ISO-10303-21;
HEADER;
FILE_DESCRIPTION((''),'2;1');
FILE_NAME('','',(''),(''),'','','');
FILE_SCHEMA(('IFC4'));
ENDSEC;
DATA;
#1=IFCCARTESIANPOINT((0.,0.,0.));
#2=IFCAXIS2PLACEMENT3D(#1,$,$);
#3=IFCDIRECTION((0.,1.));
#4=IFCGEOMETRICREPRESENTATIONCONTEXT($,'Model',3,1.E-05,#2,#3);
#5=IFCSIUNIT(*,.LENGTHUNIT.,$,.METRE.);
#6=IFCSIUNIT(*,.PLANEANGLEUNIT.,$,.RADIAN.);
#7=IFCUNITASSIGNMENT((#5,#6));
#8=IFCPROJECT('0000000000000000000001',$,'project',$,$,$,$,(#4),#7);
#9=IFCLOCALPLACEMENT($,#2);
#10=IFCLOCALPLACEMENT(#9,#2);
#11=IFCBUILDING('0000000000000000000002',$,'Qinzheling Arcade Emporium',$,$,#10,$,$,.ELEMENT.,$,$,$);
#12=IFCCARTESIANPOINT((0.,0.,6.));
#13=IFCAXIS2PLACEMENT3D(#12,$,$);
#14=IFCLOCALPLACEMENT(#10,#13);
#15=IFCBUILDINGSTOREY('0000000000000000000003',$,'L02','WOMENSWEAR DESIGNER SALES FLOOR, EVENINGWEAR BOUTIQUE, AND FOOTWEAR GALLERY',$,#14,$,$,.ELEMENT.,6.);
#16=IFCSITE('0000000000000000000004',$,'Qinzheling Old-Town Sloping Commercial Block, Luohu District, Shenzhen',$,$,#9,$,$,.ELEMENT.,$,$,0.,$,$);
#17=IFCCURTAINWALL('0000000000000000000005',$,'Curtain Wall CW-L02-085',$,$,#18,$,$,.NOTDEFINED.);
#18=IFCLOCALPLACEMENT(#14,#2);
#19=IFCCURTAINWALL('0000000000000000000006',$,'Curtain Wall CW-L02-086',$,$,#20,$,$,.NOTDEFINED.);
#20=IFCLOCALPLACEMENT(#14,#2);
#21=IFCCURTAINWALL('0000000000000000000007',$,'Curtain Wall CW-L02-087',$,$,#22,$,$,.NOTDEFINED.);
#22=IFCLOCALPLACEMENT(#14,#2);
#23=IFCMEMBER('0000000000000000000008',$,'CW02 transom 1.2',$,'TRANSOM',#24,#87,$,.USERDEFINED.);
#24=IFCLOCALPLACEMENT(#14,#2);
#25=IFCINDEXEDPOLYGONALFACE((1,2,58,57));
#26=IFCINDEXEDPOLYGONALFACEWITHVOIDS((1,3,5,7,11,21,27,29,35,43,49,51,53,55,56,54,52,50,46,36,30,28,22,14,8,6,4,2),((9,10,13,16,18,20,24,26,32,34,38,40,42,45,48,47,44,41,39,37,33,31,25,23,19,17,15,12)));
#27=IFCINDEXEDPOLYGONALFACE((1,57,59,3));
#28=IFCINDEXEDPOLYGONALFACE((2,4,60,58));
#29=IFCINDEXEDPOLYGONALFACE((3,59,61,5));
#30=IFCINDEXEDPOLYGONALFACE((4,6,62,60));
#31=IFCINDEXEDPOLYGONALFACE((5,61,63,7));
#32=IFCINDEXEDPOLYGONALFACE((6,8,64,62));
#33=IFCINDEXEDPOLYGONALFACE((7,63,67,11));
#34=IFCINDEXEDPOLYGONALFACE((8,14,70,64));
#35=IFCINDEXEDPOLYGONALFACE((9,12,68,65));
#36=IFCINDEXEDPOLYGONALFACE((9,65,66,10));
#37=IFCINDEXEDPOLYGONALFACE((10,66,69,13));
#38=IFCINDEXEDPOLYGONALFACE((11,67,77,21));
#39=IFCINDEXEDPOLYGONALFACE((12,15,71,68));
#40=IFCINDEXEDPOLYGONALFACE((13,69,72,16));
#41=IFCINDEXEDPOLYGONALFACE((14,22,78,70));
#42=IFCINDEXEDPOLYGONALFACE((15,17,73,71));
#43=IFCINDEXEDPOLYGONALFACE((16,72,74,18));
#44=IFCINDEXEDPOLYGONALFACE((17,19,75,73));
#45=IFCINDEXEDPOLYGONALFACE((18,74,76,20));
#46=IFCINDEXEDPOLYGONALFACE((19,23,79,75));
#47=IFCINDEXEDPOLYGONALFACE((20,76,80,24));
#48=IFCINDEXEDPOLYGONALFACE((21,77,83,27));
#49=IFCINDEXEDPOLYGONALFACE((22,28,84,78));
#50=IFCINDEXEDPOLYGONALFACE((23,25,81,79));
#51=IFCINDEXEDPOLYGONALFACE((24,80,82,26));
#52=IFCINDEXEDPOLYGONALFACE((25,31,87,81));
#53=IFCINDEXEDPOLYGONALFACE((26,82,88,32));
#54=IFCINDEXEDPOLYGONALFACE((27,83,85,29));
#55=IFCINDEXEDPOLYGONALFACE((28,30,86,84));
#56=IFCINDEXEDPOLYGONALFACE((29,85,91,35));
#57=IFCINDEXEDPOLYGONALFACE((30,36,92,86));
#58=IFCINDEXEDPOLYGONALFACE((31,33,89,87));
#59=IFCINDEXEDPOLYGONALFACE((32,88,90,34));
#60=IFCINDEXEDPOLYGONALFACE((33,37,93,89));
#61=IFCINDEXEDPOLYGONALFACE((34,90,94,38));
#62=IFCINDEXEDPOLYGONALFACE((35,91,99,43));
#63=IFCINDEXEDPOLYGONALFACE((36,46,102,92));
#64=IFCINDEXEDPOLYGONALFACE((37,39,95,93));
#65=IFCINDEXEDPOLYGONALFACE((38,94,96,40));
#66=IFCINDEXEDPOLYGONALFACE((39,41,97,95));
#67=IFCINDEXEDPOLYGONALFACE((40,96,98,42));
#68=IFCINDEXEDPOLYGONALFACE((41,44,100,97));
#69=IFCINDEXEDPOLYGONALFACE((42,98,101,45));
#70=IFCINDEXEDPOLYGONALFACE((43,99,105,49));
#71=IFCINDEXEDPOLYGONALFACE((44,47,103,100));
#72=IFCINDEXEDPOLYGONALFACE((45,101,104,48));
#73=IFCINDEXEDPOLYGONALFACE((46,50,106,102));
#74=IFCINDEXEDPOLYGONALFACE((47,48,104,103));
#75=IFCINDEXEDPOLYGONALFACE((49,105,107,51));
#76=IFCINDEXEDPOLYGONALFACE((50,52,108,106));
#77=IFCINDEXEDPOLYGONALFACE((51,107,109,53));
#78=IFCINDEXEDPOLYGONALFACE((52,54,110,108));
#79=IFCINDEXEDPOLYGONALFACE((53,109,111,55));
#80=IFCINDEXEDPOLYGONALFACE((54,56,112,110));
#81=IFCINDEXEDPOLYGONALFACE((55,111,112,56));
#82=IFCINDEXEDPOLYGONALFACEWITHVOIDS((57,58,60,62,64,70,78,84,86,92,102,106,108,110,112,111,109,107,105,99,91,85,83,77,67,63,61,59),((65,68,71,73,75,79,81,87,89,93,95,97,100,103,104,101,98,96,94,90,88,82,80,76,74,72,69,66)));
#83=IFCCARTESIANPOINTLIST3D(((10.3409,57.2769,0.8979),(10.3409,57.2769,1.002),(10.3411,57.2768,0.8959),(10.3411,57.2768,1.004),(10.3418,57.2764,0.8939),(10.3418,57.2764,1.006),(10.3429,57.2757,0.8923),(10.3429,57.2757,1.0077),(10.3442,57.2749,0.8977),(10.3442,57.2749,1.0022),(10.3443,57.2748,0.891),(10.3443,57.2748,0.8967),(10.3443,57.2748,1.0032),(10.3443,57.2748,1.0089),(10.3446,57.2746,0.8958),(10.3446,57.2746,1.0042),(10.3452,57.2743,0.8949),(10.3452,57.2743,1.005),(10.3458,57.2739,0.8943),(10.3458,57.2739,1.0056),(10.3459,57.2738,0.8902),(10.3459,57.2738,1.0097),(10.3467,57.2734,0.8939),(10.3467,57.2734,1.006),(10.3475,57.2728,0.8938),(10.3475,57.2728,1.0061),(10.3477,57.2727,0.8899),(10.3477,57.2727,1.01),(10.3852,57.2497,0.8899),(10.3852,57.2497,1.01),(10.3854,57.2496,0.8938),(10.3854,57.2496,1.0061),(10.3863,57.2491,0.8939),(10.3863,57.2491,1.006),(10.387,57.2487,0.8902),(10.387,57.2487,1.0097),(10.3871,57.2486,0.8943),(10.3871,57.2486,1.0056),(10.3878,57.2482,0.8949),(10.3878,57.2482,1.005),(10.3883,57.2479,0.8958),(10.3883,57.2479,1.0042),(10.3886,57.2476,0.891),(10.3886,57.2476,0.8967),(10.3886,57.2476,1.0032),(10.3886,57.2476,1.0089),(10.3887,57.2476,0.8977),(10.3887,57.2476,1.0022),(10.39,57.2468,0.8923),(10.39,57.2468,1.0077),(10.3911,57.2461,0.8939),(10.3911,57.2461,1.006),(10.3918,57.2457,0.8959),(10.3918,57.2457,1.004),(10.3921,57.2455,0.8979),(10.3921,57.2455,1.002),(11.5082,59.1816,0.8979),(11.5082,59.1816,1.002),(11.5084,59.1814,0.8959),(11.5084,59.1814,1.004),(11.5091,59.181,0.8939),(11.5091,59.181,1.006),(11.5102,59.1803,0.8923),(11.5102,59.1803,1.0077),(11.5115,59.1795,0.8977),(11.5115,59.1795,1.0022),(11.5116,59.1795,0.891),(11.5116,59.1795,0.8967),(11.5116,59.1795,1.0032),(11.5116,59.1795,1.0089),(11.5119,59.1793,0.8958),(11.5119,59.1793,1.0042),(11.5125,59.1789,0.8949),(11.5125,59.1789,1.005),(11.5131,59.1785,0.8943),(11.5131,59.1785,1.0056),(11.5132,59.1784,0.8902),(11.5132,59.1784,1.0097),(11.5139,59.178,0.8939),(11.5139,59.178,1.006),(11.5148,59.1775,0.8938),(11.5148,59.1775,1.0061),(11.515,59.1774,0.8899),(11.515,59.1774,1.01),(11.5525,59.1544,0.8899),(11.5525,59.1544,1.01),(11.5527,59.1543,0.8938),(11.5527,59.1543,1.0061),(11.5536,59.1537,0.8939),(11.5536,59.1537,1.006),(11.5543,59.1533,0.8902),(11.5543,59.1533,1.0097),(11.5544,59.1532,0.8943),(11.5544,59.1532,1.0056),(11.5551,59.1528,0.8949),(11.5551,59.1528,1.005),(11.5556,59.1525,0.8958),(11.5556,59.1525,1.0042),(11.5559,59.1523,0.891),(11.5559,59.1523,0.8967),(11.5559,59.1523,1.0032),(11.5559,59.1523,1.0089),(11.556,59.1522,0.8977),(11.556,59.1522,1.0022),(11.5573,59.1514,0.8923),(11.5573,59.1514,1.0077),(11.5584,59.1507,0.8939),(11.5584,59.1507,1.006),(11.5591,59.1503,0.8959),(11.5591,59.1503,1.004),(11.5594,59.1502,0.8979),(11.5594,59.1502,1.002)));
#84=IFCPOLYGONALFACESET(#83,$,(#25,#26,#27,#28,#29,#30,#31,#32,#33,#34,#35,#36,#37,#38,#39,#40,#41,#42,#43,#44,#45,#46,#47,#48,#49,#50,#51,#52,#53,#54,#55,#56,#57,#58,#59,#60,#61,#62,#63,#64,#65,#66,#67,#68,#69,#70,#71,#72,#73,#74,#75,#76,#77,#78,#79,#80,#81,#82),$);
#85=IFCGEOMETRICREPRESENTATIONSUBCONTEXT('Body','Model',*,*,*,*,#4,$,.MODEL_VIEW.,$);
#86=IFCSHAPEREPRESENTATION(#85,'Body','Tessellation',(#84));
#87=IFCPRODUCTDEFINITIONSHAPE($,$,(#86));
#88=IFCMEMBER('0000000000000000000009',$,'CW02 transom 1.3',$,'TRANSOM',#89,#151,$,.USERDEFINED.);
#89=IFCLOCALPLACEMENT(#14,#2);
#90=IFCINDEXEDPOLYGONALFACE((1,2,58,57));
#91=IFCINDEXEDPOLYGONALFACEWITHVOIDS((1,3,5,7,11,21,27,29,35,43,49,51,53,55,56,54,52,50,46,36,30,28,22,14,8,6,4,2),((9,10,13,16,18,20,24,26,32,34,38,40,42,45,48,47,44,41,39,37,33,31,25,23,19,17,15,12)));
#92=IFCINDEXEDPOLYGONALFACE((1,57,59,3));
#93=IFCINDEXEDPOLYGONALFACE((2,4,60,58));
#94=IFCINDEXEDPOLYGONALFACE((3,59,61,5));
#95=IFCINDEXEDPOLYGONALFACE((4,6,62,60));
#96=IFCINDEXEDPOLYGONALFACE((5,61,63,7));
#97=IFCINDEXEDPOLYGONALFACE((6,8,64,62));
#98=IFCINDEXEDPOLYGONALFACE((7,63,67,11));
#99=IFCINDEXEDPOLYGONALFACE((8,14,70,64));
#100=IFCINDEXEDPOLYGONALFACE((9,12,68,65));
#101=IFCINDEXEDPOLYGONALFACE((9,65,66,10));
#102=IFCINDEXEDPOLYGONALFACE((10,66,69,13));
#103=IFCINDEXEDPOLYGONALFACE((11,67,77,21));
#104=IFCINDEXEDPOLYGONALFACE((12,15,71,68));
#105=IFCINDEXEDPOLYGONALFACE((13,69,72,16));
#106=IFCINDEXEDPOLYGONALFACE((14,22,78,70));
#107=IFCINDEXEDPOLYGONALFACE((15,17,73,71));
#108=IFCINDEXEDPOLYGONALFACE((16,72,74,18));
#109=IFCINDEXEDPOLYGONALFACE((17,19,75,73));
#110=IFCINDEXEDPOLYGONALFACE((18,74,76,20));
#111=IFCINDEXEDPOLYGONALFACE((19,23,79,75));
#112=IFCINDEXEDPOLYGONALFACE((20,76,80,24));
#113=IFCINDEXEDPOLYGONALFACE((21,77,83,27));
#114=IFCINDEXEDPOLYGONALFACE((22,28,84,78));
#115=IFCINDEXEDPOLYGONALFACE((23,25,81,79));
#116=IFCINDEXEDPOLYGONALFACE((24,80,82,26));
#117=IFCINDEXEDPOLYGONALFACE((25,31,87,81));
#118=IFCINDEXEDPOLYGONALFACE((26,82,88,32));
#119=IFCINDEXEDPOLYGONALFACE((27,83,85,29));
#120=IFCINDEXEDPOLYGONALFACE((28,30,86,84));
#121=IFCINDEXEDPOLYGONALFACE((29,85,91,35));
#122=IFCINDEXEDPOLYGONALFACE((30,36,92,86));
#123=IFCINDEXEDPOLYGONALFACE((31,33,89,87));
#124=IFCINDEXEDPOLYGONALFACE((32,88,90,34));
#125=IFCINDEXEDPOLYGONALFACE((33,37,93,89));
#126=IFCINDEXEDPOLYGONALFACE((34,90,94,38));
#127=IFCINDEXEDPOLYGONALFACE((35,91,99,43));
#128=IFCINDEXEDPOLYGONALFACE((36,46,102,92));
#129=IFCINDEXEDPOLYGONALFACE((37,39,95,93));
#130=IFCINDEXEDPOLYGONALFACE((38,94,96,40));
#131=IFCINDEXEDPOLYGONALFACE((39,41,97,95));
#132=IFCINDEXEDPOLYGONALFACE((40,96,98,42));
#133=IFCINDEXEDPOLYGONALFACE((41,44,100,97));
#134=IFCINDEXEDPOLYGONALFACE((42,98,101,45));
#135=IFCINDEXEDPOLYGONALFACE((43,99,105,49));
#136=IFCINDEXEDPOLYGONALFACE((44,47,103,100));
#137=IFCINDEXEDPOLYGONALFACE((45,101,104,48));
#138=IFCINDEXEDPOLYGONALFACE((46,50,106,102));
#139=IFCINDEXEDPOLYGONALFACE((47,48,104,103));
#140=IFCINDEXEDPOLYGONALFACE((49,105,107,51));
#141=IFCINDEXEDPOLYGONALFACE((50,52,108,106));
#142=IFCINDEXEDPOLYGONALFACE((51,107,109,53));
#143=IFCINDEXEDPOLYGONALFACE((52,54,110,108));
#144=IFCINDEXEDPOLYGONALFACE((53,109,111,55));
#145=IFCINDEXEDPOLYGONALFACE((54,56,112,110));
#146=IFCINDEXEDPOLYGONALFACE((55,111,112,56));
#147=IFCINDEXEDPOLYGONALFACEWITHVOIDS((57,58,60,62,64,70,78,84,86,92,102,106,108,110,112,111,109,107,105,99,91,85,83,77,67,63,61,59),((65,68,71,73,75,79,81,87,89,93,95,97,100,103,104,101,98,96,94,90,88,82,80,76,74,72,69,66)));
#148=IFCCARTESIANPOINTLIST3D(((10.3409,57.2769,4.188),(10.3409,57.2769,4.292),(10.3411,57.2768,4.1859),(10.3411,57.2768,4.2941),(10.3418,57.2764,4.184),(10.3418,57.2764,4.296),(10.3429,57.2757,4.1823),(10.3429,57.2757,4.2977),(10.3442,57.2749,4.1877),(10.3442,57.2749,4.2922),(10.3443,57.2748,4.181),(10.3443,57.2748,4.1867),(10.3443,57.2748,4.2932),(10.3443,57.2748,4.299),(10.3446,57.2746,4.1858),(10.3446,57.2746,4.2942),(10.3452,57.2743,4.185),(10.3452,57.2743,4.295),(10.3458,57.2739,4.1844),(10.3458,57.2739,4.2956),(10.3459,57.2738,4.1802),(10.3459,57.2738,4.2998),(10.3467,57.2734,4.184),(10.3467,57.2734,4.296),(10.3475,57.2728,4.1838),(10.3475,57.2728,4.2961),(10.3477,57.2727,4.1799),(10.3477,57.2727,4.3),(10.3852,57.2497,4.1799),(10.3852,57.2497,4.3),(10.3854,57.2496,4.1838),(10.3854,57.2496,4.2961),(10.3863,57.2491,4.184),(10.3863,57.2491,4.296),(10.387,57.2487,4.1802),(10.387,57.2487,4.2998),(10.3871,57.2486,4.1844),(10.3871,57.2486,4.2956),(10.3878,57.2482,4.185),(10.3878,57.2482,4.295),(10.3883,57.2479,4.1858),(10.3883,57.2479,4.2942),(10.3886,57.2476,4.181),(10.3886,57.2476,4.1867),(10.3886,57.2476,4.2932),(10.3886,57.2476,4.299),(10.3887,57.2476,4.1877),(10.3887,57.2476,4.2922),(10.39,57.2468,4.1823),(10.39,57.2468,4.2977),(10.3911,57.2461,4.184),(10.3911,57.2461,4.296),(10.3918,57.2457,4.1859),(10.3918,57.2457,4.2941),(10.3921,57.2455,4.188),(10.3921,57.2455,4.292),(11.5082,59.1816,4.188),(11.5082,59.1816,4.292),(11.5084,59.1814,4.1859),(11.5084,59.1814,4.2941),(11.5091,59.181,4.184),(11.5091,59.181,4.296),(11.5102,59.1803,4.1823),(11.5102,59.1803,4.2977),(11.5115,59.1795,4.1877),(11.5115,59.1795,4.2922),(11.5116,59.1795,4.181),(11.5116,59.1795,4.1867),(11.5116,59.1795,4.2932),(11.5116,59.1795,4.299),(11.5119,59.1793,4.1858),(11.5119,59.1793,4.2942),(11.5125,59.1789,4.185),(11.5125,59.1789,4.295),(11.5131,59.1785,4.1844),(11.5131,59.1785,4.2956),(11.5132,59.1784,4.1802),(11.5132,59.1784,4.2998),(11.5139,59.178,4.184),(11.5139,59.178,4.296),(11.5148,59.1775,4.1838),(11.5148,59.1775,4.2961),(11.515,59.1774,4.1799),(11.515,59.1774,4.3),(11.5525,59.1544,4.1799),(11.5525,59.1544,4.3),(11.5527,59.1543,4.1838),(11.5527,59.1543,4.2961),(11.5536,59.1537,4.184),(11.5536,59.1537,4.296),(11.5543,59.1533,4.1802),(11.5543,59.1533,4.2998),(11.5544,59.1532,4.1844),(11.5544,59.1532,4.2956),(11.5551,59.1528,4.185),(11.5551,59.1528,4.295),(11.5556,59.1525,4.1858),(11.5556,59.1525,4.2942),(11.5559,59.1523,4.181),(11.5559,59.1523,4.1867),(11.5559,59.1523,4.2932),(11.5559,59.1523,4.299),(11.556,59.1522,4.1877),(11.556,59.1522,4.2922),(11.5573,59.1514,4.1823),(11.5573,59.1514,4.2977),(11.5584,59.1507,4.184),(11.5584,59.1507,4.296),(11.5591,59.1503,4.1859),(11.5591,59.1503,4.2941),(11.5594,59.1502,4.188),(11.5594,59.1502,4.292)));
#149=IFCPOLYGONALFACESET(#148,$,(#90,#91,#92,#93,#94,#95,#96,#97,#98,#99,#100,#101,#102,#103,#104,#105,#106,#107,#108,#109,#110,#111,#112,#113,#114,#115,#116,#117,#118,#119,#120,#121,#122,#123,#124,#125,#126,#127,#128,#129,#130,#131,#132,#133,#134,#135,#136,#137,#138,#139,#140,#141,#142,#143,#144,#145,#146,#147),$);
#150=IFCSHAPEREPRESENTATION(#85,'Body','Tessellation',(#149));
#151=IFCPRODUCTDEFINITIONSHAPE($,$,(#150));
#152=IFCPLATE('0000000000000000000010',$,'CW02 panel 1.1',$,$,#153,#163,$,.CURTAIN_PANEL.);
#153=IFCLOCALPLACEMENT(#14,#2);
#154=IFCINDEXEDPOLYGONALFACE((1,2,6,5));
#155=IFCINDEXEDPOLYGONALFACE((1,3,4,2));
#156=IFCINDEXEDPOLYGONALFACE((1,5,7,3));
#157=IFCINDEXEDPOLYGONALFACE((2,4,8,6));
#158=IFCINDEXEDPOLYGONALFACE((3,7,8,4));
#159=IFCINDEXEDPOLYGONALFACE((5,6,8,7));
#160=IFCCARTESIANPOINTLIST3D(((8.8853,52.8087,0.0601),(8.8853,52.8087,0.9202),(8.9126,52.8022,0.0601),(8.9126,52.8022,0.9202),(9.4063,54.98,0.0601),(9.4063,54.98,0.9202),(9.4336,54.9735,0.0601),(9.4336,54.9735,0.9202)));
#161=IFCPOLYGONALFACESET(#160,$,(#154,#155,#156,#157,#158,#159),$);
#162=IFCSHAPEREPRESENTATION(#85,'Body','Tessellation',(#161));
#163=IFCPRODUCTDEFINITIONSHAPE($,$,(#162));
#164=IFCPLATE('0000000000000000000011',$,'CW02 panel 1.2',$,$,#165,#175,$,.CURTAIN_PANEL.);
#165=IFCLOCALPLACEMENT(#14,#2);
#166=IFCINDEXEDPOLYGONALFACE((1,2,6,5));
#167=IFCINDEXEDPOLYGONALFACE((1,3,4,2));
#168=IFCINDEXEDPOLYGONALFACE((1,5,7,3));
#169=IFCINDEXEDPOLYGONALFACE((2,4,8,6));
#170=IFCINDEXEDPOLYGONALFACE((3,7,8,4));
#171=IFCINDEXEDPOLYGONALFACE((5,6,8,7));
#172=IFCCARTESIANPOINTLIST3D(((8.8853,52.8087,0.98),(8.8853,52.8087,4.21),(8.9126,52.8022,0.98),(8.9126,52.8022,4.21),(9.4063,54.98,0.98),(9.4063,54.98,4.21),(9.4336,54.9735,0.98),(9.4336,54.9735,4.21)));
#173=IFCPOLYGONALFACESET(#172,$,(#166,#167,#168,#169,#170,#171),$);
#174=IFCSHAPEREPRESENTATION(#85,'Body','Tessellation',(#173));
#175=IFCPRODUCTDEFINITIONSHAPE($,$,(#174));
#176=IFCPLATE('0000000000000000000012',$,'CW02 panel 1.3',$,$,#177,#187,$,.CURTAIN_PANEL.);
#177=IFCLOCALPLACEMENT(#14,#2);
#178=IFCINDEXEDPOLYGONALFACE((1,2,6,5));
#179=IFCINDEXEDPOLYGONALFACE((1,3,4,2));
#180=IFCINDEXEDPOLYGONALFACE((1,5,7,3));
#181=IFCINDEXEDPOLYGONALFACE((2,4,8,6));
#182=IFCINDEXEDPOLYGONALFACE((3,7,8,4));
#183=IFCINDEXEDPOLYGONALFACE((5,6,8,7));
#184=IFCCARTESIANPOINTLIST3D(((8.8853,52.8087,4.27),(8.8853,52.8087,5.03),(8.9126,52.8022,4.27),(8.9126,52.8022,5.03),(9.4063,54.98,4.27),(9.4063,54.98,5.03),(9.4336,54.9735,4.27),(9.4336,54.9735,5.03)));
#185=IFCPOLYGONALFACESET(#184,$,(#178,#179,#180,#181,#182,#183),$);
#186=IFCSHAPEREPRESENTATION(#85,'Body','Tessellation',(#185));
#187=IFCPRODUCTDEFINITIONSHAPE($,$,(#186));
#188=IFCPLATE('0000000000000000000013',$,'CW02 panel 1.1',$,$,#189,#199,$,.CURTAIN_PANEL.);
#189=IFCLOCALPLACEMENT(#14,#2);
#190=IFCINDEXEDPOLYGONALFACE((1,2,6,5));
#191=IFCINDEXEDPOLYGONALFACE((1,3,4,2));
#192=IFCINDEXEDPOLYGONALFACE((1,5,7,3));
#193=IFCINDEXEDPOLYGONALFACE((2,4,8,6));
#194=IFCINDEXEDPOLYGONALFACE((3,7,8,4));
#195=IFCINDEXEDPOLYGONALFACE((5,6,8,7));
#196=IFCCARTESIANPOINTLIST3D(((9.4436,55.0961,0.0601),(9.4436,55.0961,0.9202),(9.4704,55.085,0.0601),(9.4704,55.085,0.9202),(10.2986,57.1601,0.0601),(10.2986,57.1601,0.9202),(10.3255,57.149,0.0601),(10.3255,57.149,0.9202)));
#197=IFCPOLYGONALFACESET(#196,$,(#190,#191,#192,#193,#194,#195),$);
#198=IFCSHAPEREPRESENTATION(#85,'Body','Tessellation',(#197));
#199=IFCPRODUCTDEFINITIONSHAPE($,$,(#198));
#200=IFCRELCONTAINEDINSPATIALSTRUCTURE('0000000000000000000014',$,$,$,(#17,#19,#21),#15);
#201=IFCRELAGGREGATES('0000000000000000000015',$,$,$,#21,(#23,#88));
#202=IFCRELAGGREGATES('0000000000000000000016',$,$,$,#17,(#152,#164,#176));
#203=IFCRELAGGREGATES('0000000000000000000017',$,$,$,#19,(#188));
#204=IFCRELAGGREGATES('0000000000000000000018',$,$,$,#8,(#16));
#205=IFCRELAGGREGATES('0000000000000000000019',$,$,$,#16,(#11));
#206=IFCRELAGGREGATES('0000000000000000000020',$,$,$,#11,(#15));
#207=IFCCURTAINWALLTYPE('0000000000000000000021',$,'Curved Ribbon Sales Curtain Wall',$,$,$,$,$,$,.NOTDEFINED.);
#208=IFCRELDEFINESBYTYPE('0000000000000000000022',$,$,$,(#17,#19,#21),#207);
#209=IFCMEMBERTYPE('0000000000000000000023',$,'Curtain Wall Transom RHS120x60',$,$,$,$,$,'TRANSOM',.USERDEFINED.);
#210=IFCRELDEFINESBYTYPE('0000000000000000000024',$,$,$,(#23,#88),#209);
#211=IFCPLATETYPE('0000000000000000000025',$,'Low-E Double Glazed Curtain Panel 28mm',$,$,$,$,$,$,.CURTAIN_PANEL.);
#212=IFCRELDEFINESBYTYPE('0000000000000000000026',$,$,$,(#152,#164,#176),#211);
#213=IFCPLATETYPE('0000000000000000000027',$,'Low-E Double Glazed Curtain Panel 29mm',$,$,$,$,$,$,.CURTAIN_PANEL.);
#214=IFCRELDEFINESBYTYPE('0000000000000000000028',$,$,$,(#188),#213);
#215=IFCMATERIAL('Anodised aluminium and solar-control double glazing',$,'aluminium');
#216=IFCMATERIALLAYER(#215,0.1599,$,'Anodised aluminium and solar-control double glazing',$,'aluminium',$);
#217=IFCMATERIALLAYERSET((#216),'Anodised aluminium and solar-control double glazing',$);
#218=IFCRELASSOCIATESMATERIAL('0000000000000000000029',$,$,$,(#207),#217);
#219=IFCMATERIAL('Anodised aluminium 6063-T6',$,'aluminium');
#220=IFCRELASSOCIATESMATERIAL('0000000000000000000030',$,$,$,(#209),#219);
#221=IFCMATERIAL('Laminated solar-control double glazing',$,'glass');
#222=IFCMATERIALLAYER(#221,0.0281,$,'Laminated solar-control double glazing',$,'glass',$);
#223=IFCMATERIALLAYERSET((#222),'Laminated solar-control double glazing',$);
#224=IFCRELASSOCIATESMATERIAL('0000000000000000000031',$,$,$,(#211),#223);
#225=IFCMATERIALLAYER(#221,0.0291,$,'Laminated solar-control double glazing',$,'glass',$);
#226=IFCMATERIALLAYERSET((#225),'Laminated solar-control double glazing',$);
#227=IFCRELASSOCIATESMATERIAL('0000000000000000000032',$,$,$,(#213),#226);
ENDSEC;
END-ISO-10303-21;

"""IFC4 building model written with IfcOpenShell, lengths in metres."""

from ifc_helpers import new_model, si_unit, direction, frame, origin, origin_2d, place, context, subcontext, project, spatial, rectangle, hollow_rectangle, extrude, material, layer, layer_set, material_profile, profile_set, type_object, element, aggregate, save


model = new_model("IFC4")

# Units and contexts
model_context = context("Model", 3, precision=1e-05, world=origin(), true_north=direction((0.0, 1.0)))
body_context = subcontext(model_context, "Body", "Model", "MODEL_VIEW")
ifc_project = project(units=[si_unit("LENGTHUNIT", "METRE"), si_unit("PLANEANGLEUNIT", "RADIAN")], contexts=[model_context])

# Site, building, storey
site_placement = place(None, origin())
site = spatial("IfcSite", under=ifc_project, at=site_placement, Name="Qinzheling Old-Town Sloping Commercial Block, Luohu District, Shenzhen", CompositionType="ELEMENT", RefElevation=0.0)
building_placement = place(site_placement, origin())
building = spatial("IfcBuilding", under=site, at=building_placement, Name="Qinzheling Arcade Emporium", CompositionType="ELEMENT")
storey_placement = place(building_placement, frame((0.0, 0.0, 6.0)))
storey = spatial("IfcBuildingStorey", under=building, at=storey_placement, Name="L02", Description="WOMENSWEAR DESIGNER SALES FLOOR, EVENINGWEAR BOUTIQUE, AND FOOTWEAR GALLERY", CompositionType="ELEMENT", Elevation=6.0)

# Curtain wall
ifc_material_1 = material(Name="Anodised aluminium and solar-control double glazing", Category="aluminium")
ifc_layer_1 = layer(ifc_material_1, 0.1599, Name="Anodised aluminium and solar-control double glazing", Category="aluminium")
ifc_layer_set_1 = layer_set([ifc_layer_1], Name="Anodised aluminium and solar-control double glazing")
curtain_wall_type = type_object("IfcCurtainWallType", Name="Curved Ribbon Sales Curtain Wall", PredefinedType="NOTDEFINED", material=ifc_layer_set_1)
curtain_wall_1_placement = place(storey_placement, origin())
curtain_wall_1 = element("IfcCurtainWall", 1, at=curtain_wall_1_placement, inside=storey, type_object=curtain_wall_type, Name="Curtain Wall CW-L02-085", PredefinedType="NOTDEFINED")
ifc_material_2 = material(Name="Anodised aluminium 6063-T6", Category="aluminium")

# Curtain wall
curtain_wall_2_placement = place(storey_placement, origin())
curtain_wall_2 = element("IfcCurtainWall", 2, at=curtain_wall_2_placement, inside=storey, type_object=curtain_wall_type, Name="Curtain Wall CW-L02-086", PredefinedType="NOTDEFINED")

# Curtain wall
curtain_wall_3_placement = place(storey_placement, origin())
curtain_wall_3 = element("IfcCurtainWall", 3, at=curtain_wall_3_placement, inside=storey, type_object=curtain_wall_type, Name="Curtain Wall CW-L02-087", PredefinedType="NOTDEFINED")

# Members
ifc_material_profile_1 = material_profile(ifc_material_2, hollow_rectangle(XDim=0.0601, YDim=0.1201, WallThickness=0.0039, InnerFilletRadius=0.0039, OuterFilletRadius=0.0081, at=origin_2d()), Name="RHS 120x60x4", Category="aluminium")
ifc_profile_set_1 = profile_set([ifc_material_profile_1], Name="Anodised aluminium 6063-T6")
member_type_1 = type_object("IfcMemberType", Name="Curtain Wall Transom RHS120x60", ElementType="TRANSOM", PredefinedType="USERDEFINED", material=ifc_profile_set_1)
member_1_placement = place(storey_placement, frame((10.3665, 57.2612, 0.95), z_axis=(0.522542, 0.852614, 0.0), x_axis=(-0.852614, 0.522542, 0.0)))
member_1 = element("IfcMember", 4, at=member_1_placement, type_object=member_type_1, Name="CW02 transom 1.2", ObjectType="TRANSOM", PredefinedType="USERDEFINED", context=body_context, shape_type="SweptSolid", body=[
    extrude(hollow_rectangle(XDim=0.0601, YDim=0.1201, WallThickness=0.0039, InnerFilletRadius=0.0039, OuterFilletRadius=0.0081, at=origin_2d()), origin(), (0.0, 0.0, 1.0), 2.2339),
])
member_2_placement = place(storey_placement, frame((10.3665, 57.2612, 4.24), z_axis=(0.522542, 0.852614, 0.0), x_axis=(-0.852614, 0.522542, 0.0)))
member_2 = element("IfcMember", 5, at=member_2_placement, type_object=member_type_1, Name="CW02 transom 1.3", ObjectType="TRANSOM", PredefinedType="USERDEFINED", context=body_context, shape_type="SweptSolid", body=[
    extrude(hollow_rectangle(XDim=0.0601, YDim=0.1201, WallThickness=0.0039, InnerFilletRadius=0.0039, OuterFilletRadius=0.0081, at=origin_2d()), origin(), (0.0, 0.0, 1.0), 2.2339),
])
aggregate(curtain_wall_3, [member_1, member_2])

# Plates
ifc_material_3 = material(Name="Laminated solar-control double glazing", Category="glass")
ifc_layer_2 = layer(ifc_material_3, 0.0281, Name="Laminated solar-control double glazing", Category="glass")
ifc_layer_set_2 = layer_set([ifc_layer_2], Name="Laminated solar-control double glazing")
plate_type_1 = type_object("IfcPlateType", Name="Low-E Double Glazed Curtain Panel 28mm", PredefinedType="CURTAIN_PANEL", material=ifc_layer_set_2)
plate_1_placement = place(storey_placement, frame((9.1594, 53.8911, 0.0601), z_axis=(0.0, 0.0, 1.0), x_axis=(0.233325, 0.972399, 0.0)))
plate_1 = element("IfcPlate", 6, at=plate_1_placement, type_object=plate_type_1, Name="CW02 panel 1.1", PredefinedType="CURTAIN_PANEL", context=body_context, shape_type="SweptSolid", body=[
    extrude(rectangle(XDim=2.2329, YDim=0.0281, at=origin_2d()), origin(), (0.0, 0.0, 1.0), 0.8601),
])
plate_2_placement = place(storey_placement, frame((9.1594, 53.8911, 0.98), z_axis=(0.0, 0.0, 1.0), x_axis=(0.233325, 0.972399, 0.0)))
plate_2 = element("IfcPlate", 7, at=plate_2_placement, type_object=plate_type_1, Name="CW02 panel 1.2", PredefinedType="CURTAIN_PANEL", context=body_context, shape_type="SweptSolid", body=[
    extrude(rectangle(XDim=2.2329, YDim=0.0281, at=origin_2d()), origin(), (0.0, 0.0, 1.0), 3.23),
])
plate_3_placement = place(storey_placement, frame((9.1594, 53.8911, 4.27), z_axis=(0.0, 0.0, 1.0), x_axis=(0.233325, 0.972399, 0.0)))
plate_3 = element("IfcPlate", 8, at=plate_3_placement, type_object=plate_type_1, Name="CW02 panel 1.3", PredefinedType="CURTAIN_PANEL", context=body_context, shape_type="SweptSolid", body=[
    extrude(rectangle(XDim=2.2329, YDim=0.0281, at=origin_2d()), origin(), (0.0, 0.0, 1.0), 0.76),
])
aggregate(curtain_wall_1, [plate_1, plate_2, plate_3])
ifc_layer_3 = layer(ifc_material_3, 0.0291, Name="Laminated solar-control double glazing", Category="glass")
ifc_layer_set_3 = layer_set([ifc_layer_3], Name="Laminated solar-control double glazing")
plate_type_2 = type_object("IfcPlateType", Name="Low-E Double Glazed Curtain Panel 29mm", PredefinedType="CURTAIN_PANEL", material=ifc_layer_set_3)
plate_4_placement = place(storey_placement, frame((9.8845, 56.1226, 0.0601), z_axis=(0.0, 0.0, 1.0), x_axis=(0.382714, 0.923867, 0.0)))
plate_4 = element("IfcPlate", 9, at=plate_4_placement, type_object=plate_type_2, Name="CW02 panel 1.1", PredefinedType="CURTAIN_PANEL", context=body_context, shape_type="SweptSolid", body=[
    extrude(rectangle(XDim=2.2341, YDim=0.0291, at=origin_2d()), origin(), (0.0, 0.0, 1.0), 0.8601),
])
aggregate(curtain_wall_2, [plate_4])

save(model, "model.ifc")
